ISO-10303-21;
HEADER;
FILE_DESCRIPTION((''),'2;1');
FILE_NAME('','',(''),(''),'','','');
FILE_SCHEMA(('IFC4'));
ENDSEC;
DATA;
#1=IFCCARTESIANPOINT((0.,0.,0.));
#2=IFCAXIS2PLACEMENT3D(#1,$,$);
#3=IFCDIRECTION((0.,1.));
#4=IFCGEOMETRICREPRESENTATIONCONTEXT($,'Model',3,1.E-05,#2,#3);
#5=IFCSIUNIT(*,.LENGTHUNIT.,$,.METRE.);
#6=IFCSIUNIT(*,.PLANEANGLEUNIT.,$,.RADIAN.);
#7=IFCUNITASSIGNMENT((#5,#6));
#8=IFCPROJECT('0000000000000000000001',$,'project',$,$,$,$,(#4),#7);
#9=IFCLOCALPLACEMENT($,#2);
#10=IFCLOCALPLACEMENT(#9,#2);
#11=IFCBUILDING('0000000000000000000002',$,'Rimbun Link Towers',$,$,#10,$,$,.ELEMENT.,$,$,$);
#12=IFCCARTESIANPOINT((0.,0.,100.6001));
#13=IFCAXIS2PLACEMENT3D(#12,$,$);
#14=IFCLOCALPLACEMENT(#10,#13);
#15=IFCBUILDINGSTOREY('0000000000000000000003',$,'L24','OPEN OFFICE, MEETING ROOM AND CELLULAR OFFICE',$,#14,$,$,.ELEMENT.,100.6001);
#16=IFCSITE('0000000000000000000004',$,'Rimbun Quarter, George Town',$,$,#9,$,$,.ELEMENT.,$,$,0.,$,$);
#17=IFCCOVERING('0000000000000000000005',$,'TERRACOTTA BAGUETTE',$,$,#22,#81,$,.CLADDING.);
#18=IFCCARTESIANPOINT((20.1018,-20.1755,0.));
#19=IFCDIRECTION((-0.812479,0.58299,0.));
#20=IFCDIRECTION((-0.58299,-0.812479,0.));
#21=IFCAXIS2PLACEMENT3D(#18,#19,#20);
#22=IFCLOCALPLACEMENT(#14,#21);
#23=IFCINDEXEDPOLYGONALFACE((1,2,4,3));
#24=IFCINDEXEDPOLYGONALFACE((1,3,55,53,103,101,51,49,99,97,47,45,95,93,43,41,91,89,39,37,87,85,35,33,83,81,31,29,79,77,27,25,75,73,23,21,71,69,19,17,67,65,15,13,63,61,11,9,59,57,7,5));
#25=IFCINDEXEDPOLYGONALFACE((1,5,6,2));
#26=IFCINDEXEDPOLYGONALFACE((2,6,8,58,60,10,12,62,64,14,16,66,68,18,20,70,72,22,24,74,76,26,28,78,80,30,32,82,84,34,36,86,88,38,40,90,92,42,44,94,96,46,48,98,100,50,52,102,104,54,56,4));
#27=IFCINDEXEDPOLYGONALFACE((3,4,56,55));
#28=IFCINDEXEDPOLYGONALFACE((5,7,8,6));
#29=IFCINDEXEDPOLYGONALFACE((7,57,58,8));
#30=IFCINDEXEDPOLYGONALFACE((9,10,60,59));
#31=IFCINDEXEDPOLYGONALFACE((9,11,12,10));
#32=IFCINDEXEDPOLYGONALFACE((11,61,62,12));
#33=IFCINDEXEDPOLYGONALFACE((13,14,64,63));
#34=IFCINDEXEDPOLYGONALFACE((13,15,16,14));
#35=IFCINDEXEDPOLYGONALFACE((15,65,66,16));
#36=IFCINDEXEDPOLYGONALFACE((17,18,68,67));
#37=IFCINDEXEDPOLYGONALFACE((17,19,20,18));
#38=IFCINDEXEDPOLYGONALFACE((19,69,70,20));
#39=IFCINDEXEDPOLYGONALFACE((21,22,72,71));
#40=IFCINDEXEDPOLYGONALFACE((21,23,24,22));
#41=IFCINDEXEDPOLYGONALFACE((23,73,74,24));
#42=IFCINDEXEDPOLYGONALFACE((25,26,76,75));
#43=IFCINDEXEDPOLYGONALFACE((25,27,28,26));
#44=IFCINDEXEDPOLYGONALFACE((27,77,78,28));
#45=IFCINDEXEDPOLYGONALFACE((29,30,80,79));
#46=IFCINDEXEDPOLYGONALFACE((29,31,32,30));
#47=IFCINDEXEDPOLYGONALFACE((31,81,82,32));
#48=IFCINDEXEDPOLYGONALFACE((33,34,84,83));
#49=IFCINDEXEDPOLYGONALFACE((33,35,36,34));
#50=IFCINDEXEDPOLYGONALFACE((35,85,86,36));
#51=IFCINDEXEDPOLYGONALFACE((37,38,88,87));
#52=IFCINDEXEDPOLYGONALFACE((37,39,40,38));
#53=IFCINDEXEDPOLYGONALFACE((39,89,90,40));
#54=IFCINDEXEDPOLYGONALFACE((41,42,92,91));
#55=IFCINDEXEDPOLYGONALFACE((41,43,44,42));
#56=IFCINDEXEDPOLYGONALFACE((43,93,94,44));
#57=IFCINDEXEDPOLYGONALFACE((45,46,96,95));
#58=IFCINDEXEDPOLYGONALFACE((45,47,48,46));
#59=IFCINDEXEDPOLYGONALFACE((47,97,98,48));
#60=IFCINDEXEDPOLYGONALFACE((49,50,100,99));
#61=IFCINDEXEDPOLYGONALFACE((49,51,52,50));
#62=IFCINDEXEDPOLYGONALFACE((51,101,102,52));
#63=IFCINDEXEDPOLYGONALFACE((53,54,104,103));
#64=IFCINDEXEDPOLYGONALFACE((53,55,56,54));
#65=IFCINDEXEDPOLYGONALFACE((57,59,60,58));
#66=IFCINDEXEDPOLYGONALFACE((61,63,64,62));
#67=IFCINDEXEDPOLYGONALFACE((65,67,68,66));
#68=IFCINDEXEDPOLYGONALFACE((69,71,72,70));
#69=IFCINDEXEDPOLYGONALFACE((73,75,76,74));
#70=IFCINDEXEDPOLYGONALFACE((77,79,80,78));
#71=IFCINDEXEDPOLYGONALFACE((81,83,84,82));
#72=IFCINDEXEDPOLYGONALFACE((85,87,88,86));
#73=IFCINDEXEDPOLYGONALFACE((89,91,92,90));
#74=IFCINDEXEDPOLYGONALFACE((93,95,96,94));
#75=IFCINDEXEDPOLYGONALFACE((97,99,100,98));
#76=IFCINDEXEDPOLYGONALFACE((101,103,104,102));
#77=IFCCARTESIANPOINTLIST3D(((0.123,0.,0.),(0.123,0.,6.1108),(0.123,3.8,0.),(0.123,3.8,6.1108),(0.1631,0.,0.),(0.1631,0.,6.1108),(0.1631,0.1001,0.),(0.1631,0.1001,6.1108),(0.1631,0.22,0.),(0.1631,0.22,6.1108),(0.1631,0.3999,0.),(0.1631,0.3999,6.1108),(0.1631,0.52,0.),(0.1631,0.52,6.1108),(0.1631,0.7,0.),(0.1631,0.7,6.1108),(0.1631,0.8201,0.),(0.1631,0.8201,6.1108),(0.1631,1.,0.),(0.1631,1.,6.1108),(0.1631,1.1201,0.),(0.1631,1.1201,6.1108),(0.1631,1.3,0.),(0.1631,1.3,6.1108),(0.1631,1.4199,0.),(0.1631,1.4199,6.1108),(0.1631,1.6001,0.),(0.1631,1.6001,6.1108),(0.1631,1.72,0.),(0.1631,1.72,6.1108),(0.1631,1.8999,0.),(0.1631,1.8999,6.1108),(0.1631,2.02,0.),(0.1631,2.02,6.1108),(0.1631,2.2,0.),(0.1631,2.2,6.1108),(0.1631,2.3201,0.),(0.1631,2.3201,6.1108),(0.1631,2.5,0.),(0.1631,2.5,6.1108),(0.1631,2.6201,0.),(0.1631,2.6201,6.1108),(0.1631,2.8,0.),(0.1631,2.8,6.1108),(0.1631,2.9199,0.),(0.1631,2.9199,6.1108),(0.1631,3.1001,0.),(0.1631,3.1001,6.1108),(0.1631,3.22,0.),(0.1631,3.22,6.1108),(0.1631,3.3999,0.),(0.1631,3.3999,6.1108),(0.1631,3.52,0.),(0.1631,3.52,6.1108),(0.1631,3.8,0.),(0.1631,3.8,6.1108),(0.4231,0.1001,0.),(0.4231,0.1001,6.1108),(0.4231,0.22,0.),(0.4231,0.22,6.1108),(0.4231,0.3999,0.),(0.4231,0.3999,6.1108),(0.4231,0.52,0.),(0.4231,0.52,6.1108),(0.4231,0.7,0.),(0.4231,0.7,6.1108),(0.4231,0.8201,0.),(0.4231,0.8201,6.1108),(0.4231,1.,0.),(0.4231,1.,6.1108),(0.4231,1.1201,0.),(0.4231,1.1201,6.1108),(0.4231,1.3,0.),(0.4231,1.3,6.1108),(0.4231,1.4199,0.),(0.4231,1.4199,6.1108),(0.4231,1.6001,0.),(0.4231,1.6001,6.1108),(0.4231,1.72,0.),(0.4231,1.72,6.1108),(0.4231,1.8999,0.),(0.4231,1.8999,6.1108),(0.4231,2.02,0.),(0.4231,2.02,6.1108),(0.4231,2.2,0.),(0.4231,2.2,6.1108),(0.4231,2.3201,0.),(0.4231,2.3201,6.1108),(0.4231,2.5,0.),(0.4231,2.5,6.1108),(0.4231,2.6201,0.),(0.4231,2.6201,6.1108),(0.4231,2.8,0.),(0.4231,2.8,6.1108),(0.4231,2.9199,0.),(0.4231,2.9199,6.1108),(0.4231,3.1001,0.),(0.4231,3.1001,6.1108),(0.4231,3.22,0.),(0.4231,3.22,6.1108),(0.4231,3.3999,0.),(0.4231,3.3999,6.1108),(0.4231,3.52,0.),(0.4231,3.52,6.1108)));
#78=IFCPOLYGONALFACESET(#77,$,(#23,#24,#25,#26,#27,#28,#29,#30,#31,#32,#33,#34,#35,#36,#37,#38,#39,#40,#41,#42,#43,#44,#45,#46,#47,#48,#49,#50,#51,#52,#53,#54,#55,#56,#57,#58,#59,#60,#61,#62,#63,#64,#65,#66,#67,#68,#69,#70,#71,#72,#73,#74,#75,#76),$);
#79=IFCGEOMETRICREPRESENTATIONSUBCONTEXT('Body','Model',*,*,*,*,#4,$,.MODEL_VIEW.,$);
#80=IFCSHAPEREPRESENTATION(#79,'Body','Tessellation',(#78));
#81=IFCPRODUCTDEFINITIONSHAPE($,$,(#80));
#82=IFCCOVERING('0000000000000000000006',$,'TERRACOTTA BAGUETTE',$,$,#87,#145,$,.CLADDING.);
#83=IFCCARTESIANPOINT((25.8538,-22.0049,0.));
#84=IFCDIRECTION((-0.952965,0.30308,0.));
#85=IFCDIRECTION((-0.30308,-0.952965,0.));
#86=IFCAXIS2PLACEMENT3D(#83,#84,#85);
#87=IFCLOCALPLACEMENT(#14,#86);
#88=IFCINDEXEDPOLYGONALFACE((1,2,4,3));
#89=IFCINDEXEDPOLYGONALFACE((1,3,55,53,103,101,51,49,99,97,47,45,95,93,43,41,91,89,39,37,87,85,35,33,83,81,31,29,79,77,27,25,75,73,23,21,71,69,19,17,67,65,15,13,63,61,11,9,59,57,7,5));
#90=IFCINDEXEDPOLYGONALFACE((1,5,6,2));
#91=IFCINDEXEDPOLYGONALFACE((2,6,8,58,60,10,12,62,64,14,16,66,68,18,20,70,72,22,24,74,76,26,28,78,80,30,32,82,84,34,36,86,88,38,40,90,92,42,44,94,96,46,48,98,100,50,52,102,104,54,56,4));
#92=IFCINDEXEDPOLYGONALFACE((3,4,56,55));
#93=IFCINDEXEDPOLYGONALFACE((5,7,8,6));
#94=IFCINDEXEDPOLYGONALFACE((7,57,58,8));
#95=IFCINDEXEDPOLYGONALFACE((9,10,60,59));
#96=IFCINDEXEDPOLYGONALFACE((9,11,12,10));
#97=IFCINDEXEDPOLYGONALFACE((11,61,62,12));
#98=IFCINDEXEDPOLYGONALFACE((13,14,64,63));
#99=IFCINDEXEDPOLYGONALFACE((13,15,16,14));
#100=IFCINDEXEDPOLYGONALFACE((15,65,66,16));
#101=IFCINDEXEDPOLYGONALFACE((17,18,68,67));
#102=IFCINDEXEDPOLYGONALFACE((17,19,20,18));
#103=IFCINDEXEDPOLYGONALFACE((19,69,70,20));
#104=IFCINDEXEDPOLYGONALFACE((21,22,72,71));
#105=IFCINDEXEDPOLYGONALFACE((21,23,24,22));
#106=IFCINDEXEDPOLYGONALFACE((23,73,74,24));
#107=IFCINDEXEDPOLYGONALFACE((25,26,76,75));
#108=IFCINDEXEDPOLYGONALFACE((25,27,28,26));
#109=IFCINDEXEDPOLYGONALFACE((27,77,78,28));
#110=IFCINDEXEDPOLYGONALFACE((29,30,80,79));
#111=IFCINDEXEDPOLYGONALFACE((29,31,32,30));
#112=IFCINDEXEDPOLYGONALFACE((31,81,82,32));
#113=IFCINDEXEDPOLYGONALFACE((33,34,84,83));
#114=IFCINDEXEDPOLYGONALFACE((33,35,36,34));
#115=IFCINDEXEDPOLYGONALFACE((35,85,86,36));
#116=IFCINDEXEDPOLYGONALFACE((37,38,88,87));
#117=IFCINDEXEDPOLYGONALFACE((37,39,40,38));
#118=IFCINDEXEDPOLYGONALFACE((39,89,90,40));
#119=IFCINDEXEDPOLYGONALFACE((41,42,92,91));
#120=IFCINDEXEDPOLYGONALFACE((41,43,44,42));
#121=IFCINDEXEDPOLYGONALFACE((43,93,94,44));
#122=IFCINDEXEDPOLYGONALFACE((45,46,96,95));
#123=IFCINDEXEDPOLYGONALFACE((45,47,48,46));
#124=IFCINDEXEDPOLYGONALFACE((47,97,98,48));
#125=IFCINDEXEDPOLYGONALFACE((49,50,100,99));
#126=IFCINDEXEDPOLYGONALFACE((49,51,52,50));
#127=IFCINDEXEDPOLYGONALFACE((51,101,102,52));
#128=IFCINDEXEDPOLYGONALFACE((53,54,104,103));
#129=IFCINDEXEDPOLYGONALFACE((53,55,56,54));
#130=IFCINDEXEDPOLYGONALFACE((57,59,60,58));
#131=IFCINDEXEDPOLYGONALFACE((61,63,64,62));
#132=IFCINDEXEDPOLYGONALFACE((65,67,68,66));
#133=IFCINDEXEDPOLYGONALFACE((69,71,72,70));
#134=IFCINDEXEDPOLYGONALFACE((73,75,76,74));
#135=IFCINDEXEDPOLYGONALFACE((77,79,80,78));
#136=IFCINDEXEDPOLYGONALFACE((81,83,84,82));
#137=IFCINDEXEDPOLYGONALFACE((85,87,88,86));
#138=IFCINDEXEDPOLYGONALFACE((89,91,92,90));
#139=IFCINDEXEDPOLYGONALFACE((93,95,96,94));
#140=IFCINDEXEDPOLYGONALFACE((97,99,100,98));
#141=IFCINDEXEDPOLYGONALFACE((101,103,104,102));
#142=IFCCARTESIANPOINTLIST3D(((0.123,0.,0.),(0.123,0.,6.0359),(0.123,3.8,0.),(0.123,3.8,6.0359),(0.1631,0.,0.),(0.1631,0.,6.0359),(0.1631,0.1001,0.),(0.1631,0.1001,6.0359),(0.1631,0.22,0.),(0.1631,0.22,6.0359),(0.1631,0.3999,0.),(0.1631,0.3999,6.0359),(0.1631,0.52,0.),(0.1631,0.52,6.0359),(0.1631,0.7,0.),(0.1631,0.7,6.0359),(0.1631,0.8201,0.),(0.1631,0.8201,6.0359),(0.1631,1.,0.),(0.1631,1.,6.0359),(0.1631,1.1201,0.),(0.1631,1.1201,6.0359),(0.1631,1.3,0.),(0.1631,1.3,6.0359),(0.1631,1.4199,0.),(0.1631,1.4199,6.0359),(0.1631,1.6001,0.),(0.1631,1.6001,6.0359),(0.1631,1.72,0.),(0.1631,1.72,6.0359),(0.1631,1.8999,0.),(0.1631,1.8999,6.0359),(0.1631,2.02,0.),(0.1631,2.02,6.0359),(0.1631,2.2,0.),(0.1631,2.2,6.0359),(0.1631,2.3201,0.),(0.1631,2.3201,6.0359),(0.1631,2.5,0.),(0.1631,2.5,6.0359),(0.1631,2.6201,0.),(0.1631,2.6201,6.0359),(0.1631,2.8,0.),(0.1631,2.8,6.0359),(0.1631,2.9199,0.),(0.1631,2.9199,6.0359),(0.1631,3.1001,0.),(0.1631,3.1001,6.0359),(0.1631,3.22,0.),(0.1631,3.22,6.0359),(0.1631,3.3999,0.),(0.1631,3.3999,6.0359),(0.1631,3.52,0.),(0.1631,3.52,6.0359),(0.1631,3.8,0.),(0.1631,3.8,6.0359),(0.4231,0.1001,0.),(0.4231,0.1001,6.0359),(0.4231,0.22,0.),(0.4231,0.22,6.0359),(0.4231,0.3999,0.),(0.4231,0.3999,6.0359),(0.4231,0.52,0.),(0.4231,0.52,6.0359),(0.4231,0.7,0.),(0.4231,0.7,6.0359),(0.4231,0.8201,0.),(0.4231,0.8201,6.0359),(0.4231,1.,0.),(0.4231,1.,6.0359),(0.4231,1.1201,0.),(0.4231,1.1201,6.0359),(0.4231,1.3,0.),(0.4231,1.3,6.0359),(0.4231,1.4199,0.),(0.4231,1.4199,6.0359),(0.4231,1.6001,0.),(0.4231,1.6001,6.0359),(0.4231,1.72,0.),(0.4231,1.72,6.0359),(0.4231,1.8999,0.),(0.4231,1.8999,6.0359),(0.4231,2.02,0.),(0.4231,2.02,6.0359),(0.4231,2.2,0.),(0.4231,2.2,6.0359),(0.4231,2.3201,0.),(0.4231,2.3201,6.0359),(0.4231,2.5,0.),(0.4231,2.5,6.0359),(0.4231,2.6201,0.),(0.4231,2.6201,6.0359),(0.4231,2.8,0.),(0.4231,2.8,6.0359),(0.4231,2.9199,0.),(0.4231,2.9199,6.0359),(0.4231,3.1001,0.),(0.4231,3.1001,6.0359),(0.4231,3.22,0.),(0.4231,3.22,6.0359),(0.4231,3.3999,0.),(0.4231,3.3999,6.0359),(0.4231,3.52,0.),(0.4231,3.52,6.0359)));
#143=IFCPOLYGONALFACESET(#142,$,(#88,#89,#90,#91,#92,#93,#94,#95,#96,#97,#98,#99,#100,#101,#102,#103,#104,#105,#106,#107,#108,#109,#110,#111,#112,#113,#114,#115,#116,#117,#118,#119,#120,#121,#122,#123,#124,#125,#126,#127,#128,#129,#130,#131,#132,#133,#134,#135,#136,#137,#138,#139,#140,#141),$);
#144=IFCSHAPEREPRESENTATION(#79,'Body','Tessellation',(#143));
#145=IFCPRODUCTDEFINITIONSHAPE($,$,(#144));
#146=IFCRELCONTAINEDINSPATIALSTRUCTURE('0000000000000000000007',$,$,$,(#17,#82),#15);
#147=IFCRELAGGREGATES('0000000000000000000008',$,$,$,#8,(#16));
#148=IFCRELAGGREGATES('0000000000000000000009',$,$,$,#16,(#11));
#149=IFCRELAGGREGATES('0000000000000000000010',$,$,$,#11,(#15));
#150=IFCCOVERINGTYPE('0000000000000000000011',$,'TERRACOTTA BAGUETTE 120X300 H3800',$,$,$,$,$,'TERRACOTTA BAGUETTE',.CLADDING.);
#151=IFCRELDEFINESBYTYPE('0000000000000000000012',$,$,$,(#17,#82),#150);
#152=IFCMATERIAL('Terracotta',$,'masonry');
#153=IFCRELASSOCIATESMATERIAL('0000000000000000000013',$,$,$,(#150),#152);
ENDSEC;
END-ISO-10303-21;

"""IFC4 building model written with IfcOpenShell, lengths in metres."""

from ifc_helpers import new_model, si_unit, direction, frame, origin, place, context, subcontext, project, spatial, polyline, outline, extrude, material, material_profile, profile_set, type_object, element, save


model = new_model("IFC4")

# Units and contexts
model_context = context("Model", 3, precision=1e-05, world=origin(), true_north=direction((0.0, 1.0)))
body_context = subcontext(model_context, "Body", "Model", "MODEL_VIEW")
ifc_project = project(units=[si_unit("LENGTHUNIT", "METRE"), si_unit("PLANEANGLEUNIT", "RADIAN")], contexts=[model_context])

# Site, building, storey
site_placement = place(None, origin())
site = spatial("IfcSite", under=ifc_project, at=site_placement, Name="Rimbun Quarter, George Town", CompositionType="ELEMENT", RefElevation=0.0)
building_placement = place(site_placement, origin())
building = spatial("IfcBuilding", under=site, at=building_placement, Name="Rimbun Link Towers", CompositionType="ELEMENT")
storey_placement = place(building_placement, frame((0.0, 0.0, 100.6001)))
storey = spatial("IfcBuildingStorey", under=building, at=storey_placement, Name="L24", Description="OPEN OFFICE, MEETING ROOM AND CELLULAR OFFICE", CompositionType="ELEMENT", Elevation=100.6001)

# Coverings
ifc_material_1 = material(Name="Terracotta", Category="masonry")
ifc_material_profile_1 = material_profile(ifc_material_1, outline(polyline([(0.123, 0.0), (0.1631, 0.0), (0.1631, 0.1001), (0.4231, 0.1001), (0.4231, 0.22), (0.1631, 0.22), (0.1631, 0.3999), (0.4231, 0.3999), (0.4231, 0.52), (0.1631, 0.52), (0.1631, 0.7), (0.4231, 0.7), (0.4231, 0.8201), (0.1631, 0.8201), (0.1631, 1.0), (0.4231, 1.0), (0.4231, 1.1201), (0.1631, 1.1201), (0.1631, 1.3), (0.4231, 1.3), (0.4231, 1.4199), (0.1631, 1.4199), (0.1631, 1.6001), (0.4231, 1.6001), (0.4231, 1.72), (0.1631, 1.72), (0.1631, 1.8999), (0.4231, 1.8999), (0.4231, 2.02), (0.1631, 2.02), (0.1631, 2.2), (0.4231, 2.2), (0.4231, 2.3201), (0.1631, 2.3201), (0.1631, 2.5), (0.4231, 2.5), (0.4231, 2.6201), (0.1631, 2.6201), (0.1631, 2.8), (0.4231, 2.8), (0.4231, 2.9199), (0.1631, 2.9199), (0.1631, 3.1001), (0.4231, 3.1001), (0.4231, 3.22), (0.1631, 3.22), (0.1631, 3.3999), (0.4231, 3.3999), (0.4231, 3.52), (0.1631, 3.52), (0.1631, 3.8), (0.123, 3.8), (0.123, 0.0)])), Name="BAGUETTE 120X300")
ifc_profile_set_1 = profile_set([ifc_material_profile_1], Name="Terracotta")
covering_type = type_object("IfcCoveringType", Name="TERRACOTTA BAGUETTE 120X300 H3800", ElementType="TERRACOTTA BAGUETTE", PredefinedType="CLADDING", material=ifc_profile_set_1)
for number, where, z_axis, x_axis, name in (
    (1, (20.1018, -20.1755, 0.0), (-0.812479, 0.58299, 0.0), (-0.58299, -0.812479, 0.0), "TERRACOTTA BAGUETTE"),
):
    element("IfcCovering", number, at=place(storey_placement, frame(where, z_axis=z_axis, x_axis=x_axis)), inside=storey, type_object=covering_type, Name=name, PredefinedType="CLADDING", context=body_context, shape_type="SweptSolid", body=[
        extrude(outline(polyline([(0.123, 0.0), (0.1631, 0.0), (0.1631, 0.1001), (0.4231, 0.1001), (0.4231, 0.22), (0.1631, 0.22), (0.1631, 0.3999), (0.4231, 0.3999), (0.4231, 0.52), (0.1631, 0.52), (0.1631, 0.7), (0.4231, 0.7), (0.4231, 0.8201), (0.1631, 0.8201), (0.1631, 1.0), (0.4231, 1.0), (0.4231, 1.1201), (0.1631, 1.1201), (0.1631, 1.3), (0.4231, 1.3), (0.4231, 1.4199), (0.1631, 1.4199), (0.1631, 1.6001), (0.4231, 1.6001), (0.4231, 1.72), (0.1631, 1.72), (0.1631, 1.8999), (0.4231, 1.8999), (0.4231, 2.02), (0.1631, 2.02), (0.1631, 2.2), (0.4231, 2.2), (0.4231, 2.3201), (0.1631, 2.3201), (0.1631, 2.5), (0.4231, 2.5), (0.4231, 2.6201), (0.1631, 2.6201), (0.1631, 2.8), (0.4231, 2.8), (0.4231, 2.9199), (0.1631, 2.9199), (0.1631, 3.1001), (0.4231, 3.1001), (0.4231, 3.22), (0.1631, 3.22), (0.1631, 3.3999), (0.4231, 3.3999), (0.4231, 3.52), (0.1631, 3.52), (0.1631, 3.8), (0.123, 3.8), (0.123, 0.0)])), origin(), (0.0, 0.0, 1.0), 6.1108),
    ])
covering_placement = place(storey_placement, frame((25.8538, -22.0049, 0.0), z_axis=(-0.952965, 0.30308, 0.0), x_axis=(-0.30308, -0.952965, 0.0)))
element("IfcCovering", 2, at=covering_placement, inside=storey, type_object=covering_type, Name="TERRACOTTA BAGUETTE", PredefinedType="CLADDING", context=body_context, shape_type="SweptSolid", body=[
    extrude(outline(polyline([(0.123, 0.0), (0.1631, 0.0), (0.1631, 0.1001), (0.4231, 0.1001), (0.4231, 0.22), (0.1631, 0.22), (0.1631, 0.3999), (0.4231, 0.3999), (0.4231, 0.52), (0.1631, 0.52), (0.1631, 0.7), (0.4231, 0.7), (0.4231, 0.8201), (0.1631, 0.8201), (0.1631, 1.0), (0.4231, 1.0), (0.4231, 1.1201), (0.1631, 1.1201), (0.1631, 1.3), (0.4231, 1.3), (0.4231, 1.4199), (0.1631, 1.4199), (0.1631, 1.6001), (0.4231, 1.6001), (0.4231, 1.72), (0.1631, 1.72), (0.1631, 1.8999), (0.4231, 1.8999), (0.4231, 2.02), (0.1631, 2.02), (0.1631, 2.2), (0.4231, 2.2), (0.4231, 2.3201), (0.1631, 2.3201), (0.1631, 2.5), (0.4231, 2.5), (0.4231, 2.6201), (0.1631, 2.6201), (0.1631, 2.8), (0.4231, 2.8), (0.4231, 2.9199), (0.1631, 2.9199), (0.1631, 3.1001), (0.4231, 3.1001), (0.4231, 3.22), (0.1631, 3.22), (0.1631, 3.3999), (0.4231, 3.3999), (0.4231, 3.52), (0.1631, 3.52), (0.1631, 3.8), (0.123, 3.8), (0.123, 0.0)])), origin(), (0.0, 0.0, 1.0), 6.0359),
])

save(model, "model.ifc")
